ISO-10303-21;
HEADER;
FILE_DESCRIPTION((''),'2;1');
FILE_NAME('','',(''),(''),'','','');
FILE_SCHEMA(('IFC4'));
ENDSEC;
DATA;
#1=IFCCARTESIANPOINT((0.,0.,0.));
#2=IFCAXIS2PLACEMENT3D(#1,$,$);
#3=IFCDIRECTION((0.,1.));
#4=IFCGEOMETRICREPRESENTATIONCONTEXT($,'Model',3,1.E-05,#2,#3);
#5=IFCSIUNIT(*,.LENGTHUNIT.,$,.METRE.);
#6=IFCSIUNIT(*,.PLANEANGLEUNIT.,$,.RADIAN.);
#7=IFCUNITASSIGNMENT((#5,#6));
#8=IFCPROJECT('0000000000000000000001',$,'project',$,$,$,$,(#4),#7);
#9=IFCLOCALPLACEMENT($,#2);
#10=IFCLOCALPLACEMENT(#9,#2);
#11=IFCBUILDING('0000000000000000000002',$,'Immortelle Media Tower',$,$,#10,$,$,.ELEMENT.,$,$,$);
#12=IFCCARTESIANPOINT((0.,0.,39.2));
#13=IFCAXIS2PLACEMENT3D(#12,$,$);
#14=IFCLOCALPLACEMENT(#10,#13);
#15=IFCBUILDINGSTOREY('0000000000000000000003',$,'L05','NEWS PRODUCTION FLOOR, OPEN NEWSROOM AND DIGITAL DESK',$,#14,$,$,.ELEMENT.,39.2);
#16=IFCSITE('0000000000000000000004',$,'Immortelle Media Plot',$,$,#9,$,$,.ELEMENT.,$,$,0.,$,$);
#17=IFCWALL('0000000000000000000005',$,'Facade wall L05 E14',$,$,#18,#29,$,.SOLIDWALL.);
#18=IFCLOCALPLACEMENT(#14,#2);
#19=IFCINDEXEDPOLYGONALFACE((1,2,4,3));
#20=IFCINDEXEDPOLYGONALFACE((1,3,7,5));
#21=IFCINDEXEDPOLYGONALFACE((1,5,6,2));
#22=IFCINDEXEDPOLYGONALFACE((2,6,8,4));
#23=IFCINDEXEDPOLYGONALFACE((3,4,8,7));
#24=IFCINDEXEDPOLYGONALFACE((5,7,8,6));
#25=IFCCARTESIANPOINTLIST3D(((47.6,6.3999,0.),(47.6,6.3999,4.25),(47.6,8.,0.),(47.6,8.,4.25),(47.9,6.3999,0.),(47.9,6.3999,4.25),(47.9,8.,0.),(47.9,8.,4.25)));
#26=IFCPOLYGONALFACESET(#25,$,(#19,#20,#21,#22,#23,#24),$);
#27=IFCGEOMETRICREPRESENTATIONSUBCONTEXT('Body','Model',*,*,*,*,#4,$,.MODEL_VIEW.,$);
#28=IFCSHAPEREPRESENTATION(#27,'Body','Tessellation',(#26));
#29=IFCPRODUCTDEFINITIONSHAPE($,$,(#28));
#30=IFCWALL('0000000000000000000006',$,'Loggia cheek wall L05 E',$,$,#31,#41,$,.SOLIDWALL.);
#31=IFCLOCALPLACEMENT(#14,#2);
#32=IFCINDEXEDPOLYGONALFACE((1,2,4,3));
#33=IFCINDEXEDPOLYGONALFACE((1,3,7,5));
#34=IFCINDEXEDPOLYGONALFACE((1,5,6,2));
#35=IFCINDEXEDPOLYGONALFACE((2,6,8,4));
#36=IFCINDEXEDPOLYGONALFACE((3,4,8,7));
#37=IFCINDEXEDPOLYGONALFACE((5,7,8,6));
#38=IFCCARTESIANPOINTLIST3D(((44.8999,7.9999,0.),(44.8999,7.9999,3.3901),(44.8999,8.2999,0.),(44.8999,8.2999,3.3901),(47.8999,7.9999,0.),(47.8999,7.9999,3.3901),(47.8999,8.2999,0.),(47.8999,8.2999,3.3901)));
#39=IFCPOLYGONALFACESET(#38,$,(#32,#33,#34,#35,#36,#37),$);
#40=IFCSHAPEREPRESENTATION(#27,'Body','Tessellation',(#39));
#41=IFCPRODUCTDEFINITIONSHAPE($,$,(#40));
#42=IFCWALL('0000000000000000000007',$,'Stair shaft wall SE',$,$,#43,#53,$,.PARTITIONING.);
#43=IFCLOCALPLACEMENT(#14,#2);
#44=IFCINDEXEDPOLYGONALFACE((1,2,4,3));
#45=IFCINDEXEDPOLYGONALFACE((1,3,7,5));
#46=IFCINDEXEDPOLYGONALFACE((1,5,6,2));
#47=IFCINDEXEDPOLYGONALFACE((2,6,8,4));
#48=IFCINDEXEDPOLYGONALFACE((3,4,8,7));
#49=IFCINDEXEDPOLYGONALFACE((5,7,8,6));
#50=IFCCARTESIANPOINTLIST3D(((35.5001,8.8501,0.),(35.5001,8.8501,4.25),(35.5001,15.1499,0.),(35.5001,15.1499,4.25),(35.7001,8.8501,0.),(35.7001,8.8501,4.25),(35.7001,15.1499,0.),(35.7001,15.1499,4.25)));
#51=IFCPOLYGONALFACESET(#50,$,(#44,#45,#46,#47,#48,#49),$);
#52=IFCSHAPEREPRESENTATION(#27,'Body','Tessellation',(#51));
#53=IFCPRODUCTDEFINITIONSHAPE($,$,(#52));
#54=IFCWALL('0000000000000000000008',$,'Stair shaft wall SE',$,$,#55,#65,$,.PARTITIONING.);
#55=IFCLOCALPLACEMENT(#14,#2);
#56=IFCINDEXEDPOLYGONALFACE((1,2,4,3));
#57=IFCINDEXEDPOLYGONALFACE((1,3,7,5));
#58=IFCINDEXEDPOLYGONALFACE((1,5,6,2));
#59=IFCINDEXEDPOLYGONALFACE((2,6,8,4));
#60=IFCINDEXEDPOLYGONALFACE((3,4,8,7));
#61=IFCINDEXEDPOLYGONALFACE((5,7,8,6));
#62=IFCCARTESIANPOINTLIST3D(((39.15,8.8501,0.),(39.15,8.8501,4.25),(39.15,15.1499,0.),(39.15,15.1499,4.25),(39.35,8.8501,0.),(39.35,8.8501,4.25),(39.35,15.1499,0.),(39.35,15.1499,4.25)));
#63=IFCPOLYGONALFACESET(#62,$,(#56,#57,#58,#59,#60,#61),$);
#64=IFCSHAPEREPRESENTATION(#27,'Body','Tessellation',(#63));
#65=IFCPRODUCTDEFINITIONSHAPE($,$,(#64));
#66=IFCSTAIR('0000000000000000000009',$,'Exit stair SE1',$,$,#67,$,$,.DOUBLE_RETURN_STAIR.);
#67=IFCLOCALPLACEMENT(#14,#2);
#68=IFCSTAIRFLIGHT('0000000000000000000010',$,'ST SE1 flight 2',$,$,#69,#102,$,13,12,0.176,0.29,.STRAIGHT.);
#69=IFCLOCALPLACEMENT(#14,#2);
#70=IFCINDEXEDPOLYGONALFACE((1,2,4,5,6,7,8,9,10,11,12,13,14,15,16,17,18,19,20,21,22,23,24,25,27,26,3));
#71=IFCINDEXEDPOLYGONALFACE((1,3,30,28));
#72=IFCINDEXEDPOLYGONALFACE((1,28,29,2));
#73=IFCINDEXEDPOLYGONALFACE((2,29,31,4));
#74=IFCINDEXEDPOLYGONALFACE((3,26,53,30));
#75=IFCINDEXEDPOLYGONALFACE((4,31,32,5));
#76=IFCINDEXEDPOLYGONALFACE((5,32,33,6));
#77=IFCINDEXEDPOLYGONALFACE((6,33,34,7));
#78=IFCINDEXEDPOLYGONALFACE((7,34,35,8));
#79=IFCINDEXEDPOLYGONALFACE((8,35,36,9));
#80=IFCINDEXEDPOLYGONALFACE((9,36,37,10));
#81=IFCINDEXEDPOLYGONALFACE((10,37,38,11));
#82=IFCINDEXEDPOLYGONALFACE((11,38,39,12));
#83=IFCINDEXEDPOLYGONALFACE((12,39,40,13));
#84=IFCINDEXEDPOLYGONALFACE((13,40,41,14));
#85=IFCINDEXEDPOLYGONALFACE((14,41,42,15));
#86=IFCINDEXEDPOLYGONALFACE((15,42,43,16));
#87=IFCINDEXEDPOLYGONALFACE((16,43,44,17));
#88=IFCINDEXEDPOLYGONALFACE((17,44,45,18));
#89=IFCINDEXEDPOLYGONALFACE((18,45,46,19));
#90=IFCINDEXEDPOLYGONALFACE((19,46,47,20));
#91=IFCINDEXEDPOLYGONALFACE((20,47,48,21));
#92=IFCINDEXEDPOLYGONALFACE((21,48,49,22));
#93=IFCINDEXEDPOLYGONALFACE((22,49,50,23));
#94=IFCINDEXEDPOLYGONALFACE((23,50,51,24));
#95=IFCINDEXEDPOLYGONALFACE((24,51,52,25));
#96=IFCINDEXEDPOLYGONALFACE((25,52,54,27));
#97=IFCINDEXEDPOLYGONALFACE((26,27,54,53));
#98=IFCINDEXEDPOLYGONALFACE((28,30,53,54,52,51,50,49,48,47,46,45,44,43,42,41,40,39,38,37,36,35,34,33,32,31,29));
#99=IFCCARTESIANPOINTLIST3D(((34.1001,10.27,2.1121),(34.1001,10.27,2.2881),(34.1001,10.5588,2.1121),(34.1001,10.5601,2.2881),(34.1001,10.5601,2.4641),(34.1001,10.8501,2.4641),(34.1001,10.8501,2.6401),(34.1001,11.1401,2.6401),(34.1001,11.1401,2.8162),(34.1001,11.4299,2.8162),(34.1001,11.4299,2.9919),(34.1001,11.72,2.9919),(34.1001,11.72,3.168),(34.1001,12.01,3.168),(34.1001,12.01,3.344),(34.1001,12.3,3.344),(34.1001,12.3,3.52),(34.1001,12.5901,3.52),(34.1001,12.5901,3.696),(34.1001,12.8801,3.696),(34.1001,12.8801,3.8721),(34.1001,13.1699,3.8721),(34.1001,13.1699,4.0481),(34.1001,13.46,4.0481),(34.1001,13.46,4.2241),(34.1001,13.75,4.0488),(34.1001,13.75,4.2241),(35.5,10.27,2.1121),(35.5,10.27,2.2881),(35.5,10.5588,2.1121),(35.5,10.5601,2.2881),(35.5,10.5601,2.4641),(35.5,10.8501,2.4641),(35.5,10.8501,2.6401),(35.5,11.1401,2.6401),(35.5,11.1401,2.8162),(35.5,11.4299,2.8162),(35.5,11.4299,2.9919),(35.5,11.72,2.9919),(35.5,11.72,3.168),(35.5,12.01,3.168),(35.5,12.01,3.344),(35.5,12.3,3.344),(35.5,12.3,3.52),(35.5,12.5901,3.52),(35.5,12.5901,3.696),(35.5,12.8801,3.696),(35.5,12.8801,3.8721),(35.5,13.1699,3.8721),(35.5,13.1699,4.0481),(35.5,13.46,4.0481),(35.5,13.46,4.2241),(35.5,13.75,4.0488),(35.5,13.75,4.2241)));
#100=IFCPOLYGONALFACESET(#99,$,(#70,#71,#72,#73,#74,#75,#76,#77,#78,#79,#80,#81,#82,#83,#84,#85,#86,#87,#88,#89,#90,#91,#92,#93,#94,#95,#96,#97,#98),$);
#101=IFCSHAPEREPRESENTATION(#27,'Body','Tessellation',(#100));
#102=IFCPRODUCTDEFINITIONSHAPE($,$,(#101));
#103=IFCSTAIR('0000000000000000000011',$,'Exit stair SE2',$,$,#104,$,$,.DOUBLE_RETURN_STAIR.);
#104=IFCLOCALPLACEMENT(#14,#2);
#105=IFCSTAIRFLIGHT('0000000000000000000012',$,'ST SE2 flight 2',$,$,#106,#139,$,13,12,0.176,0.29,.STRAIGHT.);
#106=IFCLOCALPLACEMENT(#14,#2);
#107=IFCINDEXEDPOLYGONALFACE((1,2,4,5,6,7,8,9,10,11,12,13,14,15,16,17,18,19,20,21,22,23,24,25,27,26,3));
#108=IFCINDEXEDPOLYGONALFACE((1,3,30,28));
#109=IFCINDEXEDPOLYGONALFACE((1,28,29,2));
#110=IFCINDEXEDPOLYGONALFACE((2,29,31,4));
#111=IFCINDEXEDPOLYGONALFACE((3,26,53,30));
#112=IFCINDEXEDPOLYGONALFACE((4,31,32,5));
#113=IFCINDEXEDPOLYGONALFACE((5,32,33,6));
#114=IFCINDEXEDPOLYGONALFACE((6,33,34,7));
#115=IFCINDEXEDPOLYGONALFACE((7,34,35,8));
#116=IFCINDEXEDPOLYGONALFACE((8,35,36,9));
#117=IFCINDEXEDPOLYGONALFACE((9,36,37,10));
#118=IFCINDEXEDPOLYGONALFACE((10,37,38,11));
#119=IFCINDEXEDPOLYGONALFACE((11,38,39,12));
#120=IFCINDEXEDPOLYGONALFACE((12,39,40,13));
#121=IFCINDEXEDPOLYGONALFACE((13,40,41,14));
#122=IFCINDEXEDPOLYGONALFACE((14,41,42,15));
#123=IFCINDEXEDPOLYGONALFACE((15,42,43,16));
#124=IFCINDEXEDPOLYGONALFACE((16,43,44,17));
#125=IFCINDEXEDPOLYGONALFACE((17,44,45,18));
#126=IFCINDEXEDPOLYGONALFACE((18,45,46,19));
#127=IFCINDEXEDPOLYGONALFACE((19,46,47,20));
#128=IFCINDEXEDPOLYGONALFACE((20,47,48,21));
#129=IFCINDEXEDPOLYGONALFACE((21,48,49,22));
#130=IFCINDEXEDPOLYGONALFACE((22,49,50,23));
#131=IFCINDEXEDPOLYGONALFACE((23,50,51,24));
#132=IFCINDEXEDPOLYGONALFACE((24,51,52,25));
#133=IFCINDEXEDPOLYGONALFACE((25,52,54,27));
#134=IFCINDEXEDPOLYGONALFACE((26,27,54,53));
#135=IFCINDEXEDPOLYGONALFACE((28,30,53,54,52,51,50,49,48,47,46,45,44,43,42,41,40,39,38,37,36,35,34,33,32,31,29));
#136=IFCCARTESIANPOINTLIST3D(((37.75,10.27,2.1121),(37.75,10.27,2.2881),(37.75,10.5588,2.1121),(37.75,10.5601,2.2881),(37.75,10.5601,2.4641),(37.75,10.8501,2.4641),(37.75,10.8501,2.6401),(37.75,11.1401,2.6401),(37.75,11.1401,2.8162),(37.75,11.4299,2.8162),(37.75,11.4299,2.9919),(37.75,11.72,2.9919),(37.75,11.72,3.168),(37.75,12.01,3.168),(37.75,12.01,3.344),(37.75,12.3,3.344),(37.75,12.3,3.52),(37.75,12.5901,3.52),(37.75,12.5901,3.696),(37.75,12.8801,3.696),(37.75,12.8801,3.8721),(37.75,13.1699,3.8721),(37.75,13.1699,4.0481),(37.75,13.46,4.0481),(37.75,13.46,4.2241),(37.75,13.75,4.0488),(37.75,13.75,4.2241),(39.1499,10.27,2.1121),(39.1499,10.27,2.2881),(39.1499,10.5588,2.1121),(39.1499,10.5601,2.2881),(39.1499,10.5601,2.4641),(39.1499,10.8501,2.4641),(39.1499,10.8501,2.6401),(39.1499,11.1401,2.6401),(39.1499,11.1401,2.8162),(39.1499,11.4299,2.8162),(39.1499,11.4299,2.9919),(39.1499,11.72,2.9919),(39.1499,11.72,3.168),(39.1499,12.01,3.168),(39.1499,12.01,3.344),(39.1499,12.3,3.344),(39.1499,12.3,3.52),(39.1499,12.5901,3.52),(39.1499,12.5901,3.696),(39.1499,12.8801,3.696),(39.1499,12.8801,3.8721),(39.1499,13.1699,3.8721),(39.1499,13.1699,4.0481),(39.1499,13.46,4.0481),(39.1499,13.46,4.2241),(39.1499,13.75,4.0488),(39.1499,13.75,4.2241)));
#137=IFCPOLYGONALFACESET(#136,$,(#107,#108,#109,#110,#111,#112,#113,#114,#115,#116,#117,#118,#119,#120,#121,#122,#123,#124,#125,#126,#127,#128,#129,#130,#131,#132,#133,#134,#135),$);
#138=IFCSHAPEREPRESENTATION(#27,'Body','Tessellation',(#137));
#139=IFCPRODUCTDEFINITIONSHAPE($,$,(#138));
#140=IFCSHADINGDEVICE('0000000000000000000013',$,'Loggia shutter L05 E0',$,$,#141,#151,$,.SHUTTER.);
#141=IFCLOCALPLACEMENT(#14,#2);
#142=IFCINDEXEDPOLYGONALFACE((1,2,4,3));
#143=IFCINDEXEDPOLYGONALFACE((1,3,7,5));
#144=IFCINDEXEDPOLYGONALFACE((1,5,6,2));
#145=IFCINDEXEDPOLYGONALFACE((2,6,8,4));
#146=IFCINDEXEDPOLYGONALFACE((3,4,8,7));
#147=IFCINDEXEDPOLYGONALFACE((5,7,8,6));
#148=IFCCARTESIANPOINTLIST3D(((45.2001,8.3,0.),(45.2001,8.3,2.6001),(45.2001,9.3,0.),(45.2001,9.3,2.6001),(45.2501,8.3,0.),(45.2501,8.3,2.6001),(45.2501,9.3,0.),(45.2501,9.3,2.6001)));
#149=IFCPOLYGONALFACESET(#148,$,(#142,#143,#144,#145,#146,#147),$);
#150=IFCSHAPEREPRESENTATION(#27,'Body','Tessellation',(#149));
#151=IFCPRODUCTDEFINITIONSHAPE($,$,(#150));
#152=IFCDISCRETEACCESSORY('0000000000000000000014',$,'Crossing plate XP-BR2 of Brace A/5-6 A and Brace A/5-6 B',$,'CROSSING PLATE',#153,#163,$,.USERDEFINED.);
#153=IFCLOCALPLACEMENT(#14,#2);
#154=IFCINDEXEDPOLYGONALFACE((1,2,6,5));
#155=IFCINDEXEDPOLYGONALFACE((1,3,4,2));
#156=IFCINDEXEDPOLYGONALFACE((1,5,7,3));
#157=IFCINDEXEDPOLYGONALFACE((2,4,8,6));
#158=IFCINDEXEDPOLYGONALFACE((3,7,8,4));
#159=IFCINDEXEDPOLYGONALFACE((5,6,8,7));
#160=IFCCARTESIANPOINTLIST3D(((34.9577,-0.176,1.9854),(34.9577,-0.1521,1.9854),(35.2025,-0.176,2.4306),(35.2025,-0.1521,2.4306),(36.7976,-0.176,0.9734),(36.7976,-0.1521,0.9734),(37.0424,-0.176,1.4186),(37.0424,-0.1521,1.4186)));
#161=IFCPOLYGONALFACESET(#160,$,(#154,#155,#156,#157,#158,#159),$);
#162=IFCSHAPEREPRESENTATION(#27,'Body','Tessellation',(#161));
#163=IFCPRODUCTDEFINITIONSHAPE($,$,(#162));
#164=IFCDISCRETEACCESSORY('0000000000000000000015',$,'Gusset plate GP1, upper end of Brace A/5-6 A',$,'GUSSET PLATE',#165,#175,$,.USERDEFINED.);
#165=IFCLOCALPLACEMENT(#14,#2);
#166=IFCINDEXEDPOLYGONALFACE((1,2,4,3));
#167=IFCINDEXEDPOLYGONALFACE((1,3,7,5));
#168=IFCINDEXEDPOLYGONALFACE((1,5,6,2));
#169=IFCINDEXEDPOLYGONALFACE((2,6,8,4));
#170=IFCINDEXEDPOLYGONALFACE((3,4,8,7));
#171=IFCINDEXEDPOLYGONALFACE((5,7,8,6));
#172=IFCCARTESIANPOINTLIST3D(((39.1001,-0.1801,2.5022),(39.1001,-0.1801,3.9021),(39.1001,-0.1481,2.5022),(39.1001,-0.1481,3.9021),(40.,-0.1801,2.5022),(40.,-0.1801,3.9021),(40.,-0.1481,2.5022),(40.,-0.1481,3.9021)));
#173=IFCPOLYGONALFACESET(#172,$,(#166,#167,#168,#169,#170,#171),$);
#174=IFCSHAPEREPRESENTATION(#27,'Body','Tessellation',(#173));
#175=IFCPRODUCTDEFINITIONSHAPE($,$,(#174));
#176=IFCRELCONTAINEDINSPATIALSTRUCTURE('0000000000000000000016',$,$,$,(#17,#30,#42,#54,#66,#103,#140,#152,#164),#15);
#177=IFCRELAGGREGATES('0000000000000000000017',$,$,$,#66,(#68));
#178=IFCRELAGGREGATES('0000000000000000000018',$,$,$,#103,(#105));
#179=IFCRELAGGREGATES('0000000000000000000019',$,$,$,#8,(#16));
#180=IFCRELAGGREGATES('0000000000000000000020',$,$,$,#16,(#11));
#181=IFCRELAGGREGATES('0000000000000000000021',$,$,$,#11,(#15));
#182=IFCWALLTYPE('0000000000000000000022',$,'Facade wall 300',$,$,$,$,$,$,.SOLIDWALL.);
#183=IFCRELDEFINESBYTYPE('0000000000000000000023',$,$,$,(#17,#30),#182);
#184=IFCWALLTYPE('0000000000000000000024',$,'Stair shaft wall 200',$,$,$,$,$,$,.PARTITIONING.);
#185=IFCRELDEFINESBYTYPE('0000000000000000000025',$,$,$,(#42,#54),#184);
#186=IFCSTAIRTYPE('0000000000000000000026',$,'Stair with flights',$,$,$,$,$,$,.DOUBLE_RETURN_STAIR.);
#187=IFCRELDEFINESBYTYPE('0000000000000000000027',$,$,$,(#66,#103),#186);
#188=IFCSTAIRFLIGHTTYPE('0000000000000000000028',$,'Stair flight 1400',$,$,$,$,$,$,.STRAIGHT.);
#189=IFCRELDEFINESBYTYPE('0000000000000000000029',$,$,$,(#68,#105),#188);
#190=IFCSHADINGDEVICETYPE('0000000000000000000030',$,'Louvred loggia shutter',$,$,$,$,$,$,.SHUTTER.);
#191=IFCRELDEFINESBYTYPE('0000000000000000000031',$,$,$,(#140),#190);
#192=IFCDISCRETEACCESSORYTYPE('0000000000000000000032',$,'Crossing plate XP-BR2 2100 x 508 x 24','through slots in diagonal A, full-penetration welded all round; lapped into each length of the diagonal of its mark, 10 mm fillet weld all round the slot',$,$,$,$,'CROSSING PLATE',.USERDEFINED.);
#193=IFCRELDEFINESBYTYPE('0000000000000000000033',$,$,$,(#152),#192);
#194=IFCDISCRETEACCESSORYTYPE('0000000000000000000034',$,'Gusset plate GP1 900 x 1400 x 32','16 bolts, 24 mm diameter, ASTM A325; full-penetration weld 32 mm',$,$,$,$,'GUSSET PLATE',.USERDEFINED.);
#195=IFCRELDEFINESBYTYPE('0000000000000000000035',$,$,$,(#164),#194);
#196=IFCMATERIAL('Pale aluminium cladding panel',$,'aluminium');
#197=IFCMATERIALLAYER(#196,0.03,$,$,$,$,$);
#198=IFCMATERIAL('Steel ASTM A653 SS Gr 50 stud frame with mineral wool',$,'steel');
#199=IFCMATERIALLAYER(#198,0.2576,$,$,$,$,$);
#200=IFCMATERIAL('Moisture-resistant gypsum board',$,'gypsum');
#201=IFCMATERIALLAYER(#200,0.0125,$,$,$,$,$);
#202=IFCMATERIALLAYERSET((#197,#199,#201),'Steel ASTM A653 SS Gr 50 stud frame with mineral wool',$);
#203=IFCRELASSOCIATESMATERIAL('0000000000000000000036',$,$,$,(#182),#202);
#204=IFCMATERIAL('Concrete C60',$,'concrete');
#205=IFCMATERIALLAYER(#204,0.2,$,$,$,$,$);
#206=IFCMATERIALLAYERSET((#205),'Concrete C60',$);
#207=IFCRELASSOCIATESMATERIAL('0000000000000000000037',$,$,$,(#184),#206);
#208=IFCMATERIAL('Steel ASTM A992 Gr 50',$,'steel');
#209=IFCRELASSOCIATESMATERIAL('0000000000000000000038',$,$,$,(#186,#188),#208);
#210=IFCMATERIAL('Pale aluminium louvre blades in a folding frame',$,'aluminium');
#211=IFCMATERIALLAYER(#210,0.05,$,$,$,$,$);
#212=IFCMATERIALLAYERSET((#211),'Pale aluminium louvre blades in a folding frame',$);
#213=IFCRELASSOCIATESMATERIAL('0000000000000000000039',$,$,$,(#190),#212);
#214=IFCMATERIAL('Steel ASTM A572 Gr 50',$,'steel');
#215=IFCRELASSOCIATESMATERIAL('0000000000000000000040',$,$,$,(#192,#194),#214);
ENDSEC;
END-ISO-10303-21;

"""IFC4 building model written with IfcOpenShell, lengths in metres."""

from ifc_helpers import new_model, si_unit, direction, frame, frame_2d, origin, origin_2d, place, context, subcontext, project, spatial, polyline, rectangle, outline, extrude, material, layer, layer_set, material_profile, profile_set, type_object, element, aggregate, save


model = new_model("IFC4")

# Units and contexts
model_context = context("Model", 3, precision=1e-05, world=origin(), true_north=direction((0.0, 1.0)))
body_context = subcontext(model_context, "Body", "Model", "MODEL_VIEW")
ifc_project = project(units=[si_unit("LENGTHUNIT", "METRE"), si_unit("PLANEANGLEUNIT", "RADIAN")], contexts=[model_context])

# Site, building, storey
site_placement = place(None, origin())
site = spatial("IfcSite", under=ifc_project, at=site_placement, Name="Immortelle Media Plot", CompositionType="ELEMENT", RefElevation=0.0)
building_placement = place(site_placement, origin())
building = spatial("IfcBuilding", under=site, at=building_placement, Name="Immortelle Media Tower", CompositionType="ELEMENT")
storey_placement = place(building_placement, frame((0.0, 0.0, 39.2)))
storey = spatial("IfcBuildingStorey", under=building, at=storey_placement, Name="L05", Description="NEWS PRODUCTION FLOOR, OPEN NEWSROOM AND DIGITAL DESK", CompositionType="ELEMENT", Elevation=39.2)

# Shared definitions
ifc_material_1 = material(Name="Steel ASTM A992 Gr 50", Category="steel")

# Wall
ifc_material_2 = material(Name="Pale aluminium cladding panel", Category="aluminium")
ifc_layer_1 = layer(ifc_material_2, 0.03)
ifc_material_3 = material(Name="Steel ASTM A653 SS Gr 50 stud frame with mineral wool", Category="steel")
ifc_layer_2 = layer(ifc_material_3, 0.2576)
ifc_material_4 = material(Name="Moisture-resistant gypsum board", Category="gypsum")
ifc_layer_3 = layer(ifc_material_4, 0.0125)
ifc_layer_set_1 = layer_set([ifc_layer_1, ifc_layer_2, ifc_layer_3], Name="Steel ASTM A653 SS Gr 50 stud frame with mineral wool")
wall_type_1 = type_object("IfcWallType", Name="Facade wall 300", PredefinedType="SOLIDWALL", material=ifc_layer_set_1)
wall_1_placement = place(storey_placement, frame((47.75, 6.3999, 0.0), z_axis=(0.0, 0.0, 1.0), x_axis=(0.0, 1.0, 0.0)))
element("IfcWall", 1, at=wall_1_placement, inside=storey, type_object=wall_type_1, Name="Facade wall L05 E14", PredefinedType="SOLIDWALL", context=body_context, shape_type="SweptSolid", body=[
    extrude(rectangle(XDim=1.6001, YDim=0.3, at=frame_2d((0.8, 0.0))), origin(), (0.0, 0.0, 1.0), 4.25),
])

# Walls
wall_2_placement = place(storey_placement, frame((47.8999, 8.1499, 0.0), z_axis=(0.0, 0.0, 1.0), x_axis=(-1.0, 0.0, 0.0)))
element("IfcWall", 2, at=wall_2_placement, inside=storey, type_object=wall_type_1, Name="Loggia cheek wall L05 E", PredefinedType="SOLIDWALL", context=body_context, shape_type="SweptSolid", body=[
    extrude(rectangle(XDim=3.0, YDim=0.3, at=frame_2d((1.5, 0.0))), origin(), (0.0, 0.0, 1.0), 3.3901),
])
ifc_material_5 = material(Name="Concrete C60", Category="concrete")
ifc_layer_4 = layer(ifc_material_5, 0.2)
ifc_layer_set_2 = layer_set([ifc_layer_4], Name="Concrete C60")
wall_type_2 = type_object("IfcWallType", Name="Stair shaft wall 200", PredefinedType="PARTITIONING", material=ifc_layer_set_2)
for number, where, z_axis, x_axis, name in (
    (3, (35.6001, 8.8501, 0.0), (0.0, 0.0, 1.0), (0.0, 1.0, 0.0), "Stair shaft wall SE"),
    (4, (39.25, 8.8501, 0.0), (0.0, 0.0, 1.0), (0.0, 1.0, 0.0), "Stair shaft wall SE"),
):
    element("IfcWall", number, at=place(storey_placement, frame(where, z_axis=z_axis, x_axis=x_axis)), inside=storey, type_object=wall_type_2, Name=name, PredefinedType="PARTITIONING", context=body_context, shape_type="SweptSolid", body=[
        extrude(rectangle(XDim=6.2998, YDim=0.2, at=frame_2d((3.1499, 0.0))), origin(), (0.0, 0.0, 1.0), 4.25),
    ])

# Stairs, stair flights
stair_type = type_object("IfcStairType", Name="Stair with flights", PredefinedType="DOUBLE_RETURN_STAIR", material=ifc_material_1)
stair_1_placement = place(storey_placement, origin())
stair_1 = element("IfcStair", 5, at=stair_1_placement, inside=storey, type_object=stair_type, Name="Exit stair SE1", PredefinedType="DOUBLE_RETURN_STAIR")
stair_flight_type = type_object("IfcStairFlightType", Name="Stair flight 1400", PredefinedType="STRAIGHT", material=ifc_material_1)
stair_flight_1_placement = place(storey_placement, frame((34.8, 10.27, 2.1121), z_axis=(0.0, 0.0, 1.0), x_axis=(0.0, 1.0, 0.0)))
stair_flight_1 = element("IfcStairFlight", 6, at=stair_flight_1_placement, type_object=stair_flight_type, Name="ST SE1 flight 2", NumberOfRisers=13, NumberOfTreads=12, PredefinedType="STRAIGHT", RiserHeight=0.176, TreadLength=0.29, context=body_context, shape_type="SweptSolid", body=[
    extrude(outline(polyline([(0.0, 0.0), (0.0, 0.176), (0.29, 0.176), (0.29, 0.3521), (0.5801, 0.3521), (0.5801, 0.5281), (0.8701, 0.5281), (0.8701, 0.7041), (1.1599, 0.7041), (1.1599, 0.8799), (1.45, 0.8799), (1.45, 1.0559), (1.74, 1.0559), (1.74, 1.2319), (2.03, 1.2319), (2.03, 1.408), (2.3201, 1.408), (2.3201, 1.584), (2.6101, 1.584), (2.6101, 1.76), (2.8999, 1.76), (2.8999, 1.936), (3.1899, 1.936), (3.1899, 2.1121), (3.48, 2.1121), (3.48, 2.2881), (3.48, 1.9368), (0.2888, 0.0), (0.0, 0.0)])), frame((0.0, 0.7, 0.0), z_axis=(0.0, -1.0, 0.0), x_axis=(1.0, 0.0, 0.0)), (0.0, 0.0, 1.0), 1.3999),
])
aggregate(stair_1, [stair_flight_1])
stair_2_placement = place(storey_placement, origin())
stair_2 = element("IfcStair", 7, at=stair_2_placement, inside=storey, type_object=stair_type, Name="Exit stair SE2", PredefinedType="DOUBLE_RETURN_STAIR")
stair_flight_2_placement = place(storey_placement, frame((38.45, 10.27, 2.1121), z_axis=(0.0, 0.0, 1.0), x_axis=(0.0, 1.0, 0.0)))
stair_flight_2 = element("IfcStairFlight", 8, at=stair_flight_2_placement, type_object=stair_flight_type, Name="ST SE2 flight 2", NumberOfRisers=13, NumberOfTreads=12, PredefinedType="STRAIGHT", RiserHeight=0.176, TreadLength=0.29, context=body_context, shape_type="SweptSolid", body=[
    extrude(outline(polyline([(0.0, 0.0), (0.0, 0.176), (0.29, 0.176), (0.29, 0.3521), (0.5801, 0.3521), (0.5801, 0.5281), (0.8701, 0.5281), (0.8701, 0.7041), (1.1599, 0.7041), (1.1599, 0.8799), (1.45, 0.8799), (1.45, 1.0559), (1.74, 1.0559), (1.74, 1.2319), (2.03, 1.2319), (2.03, 1.408), (2.3201, 1.408), (2.3201, 1.584), (2.6101, 1.584), (2.6101, 1.76), (2.8999, 1.76), (2.8999, 1.936), (3.1899, 1.936), (3.1899, 2.1121), (3.48, 2.1121), (3.48, 2.2881), (3.48, 1.9368), (0.2888, 0.0), (0.0, 0.0)])), frame((0.0, 0.7, 0.0), z_axis=(0.0, -1.0, 0.0), x_axis=(1.0, 0.0, 0.0)), (0.0, 0.0, 1.0), 1.3999),
])
aggregate(stair_2, [stair_flight_2])

# Shading device
ifc_material_6 = material(Name="Pale aluminium louvre blades in a folding frame", Category="aluminium")
ifc_layer_5 = layer(ifc_material_6, 0.05)
ifc_layer_set_3 = layer_set([ifc_layer_5], Name="Pale aluminium louvre blades in a folding frame")
shading_device_type = type_object("IfcShadingDeviceType", Name="Louvred loggia shutter", PredefinedType="SHUTTER", material=ifc_layer_set_3)
shading_device_placement = place(storey_placement, frame((45.2251, 8.8, 0.0), z_axis=(0.0, 0.0, 1.0), x_axis=(0.0, 1.0, 0.0)))
element("IfcShadingDevice", 9, at=shading_device_placement, inside=storey, type_object=shading_device_type, Name="Loggia shutter L05 E0", PredefinedType="SHUTTER", context=body_context, shape_type="SweptSolid", body=[
    extrude(rectangle(XDim=1.0, YDim=0.05, at=origin_2d()), origin(), (0.0, 0.0, 1.0), 2.6001),
])

# Discrete accessories
ifc_material_7 = material(Name="Steel ASTM A572 Gr 50", Category="steel")
ifc_material_profile_1 = material_profile(ifc_material_7, rectangle(XDim=0.0239, YDim=0.5081, at=origin_2d()), Name="PL 24 x 508")
ifc_profile_set_1 = profile_set([ifc_material_profile_1], Name="Steel ASTM A572 Gr 50")
discrete_accessory_type_1 = type_object("IfcDiscreteAccessoryType", Name="Crossing plate XP-BR2 2100 x 508 x 24", Description="through slots in diagonal A, full-penetration welded all round; lapped into each length of the diagonal of its mark, 10 mm fillet weld all round the slot", ElementType="CROSSING PLATE", PredefinedType="USERDEFINED", material=ifc_profile_set_1)
discrete_accessory_placement = place(storey_placement, frame((35.0801, -0.1641, 2.208), z_axis=(0.876206, 0.0, -0.481937), x_axis=(0.0, 1.0, 0.0)))
element("IfcDiscreteAccessory", 10, at=discrete_accessory_placement, inside=storey, type_object=discrete_accessory_type_1, Name="Crossing plate XP-BR2 of Brace A/5-6 A and Brace A/5-6 B", ObjectType="CROSSING PLATE", PredefinedType="USERDEFINED", context=body_context, shape_type="SweptSolid", body=[
    extrude(rectangle(XDim=0.0239, YDim=0.5081, at=origin_2d()), origin(), (0.0, 0.0, 1.0), 2.0999),
])
ifc_material_profile_2 = material_profile(ifc_material_7, rectangle(XDim=0.032, YDim=1.3999, at=origin_2d()), Name="PL 32 x 1400")
ifc_profile_set_2 = profile_set([ifc_material_profile_2], Name="Steel ASTM A572 Gr 50")
discrete_accessory_type_2 = type_object("IfcDiscreteAccessoryType", Name="Gusset plate GP1 900 x 1400 x 32", Description="16 bolts, 24 mm diameter, ASTM A325; full-penetration weld 32 mm", ElementType="GUSSET PLATE", PredefinedType="USERDEFINED", material=ifc_profile_set_2)
for number, where, z_axis, x_axis, name in (
    (11, (40.0, -0.1641, 3.2021), (-1.0, 0.0, 0.0), (0.0, -1.0, 0.0), "Gusset plate GP1, upper end of Brace A/5-6 A"),
):
    element("IfcDiscreteAccessory", number, at=place(storey_placement, frame(where, z_axis=z_axis, x_axis=x_axis)), inside=storey, type_object=discrete_accessory_type_2, Name=name, ObjectType="GUSSET PLATE", PredefinedType="USERDEFINED", context=body_context, shape_type="SweptSolid", body=[
        extrude(rectangle(XDim=0.032, YDim=1.3999, at=origin_2d()), origin(), (0.0, 0.0, 1.0), 0.8999),
    ])

save(model, "model.ifc")
